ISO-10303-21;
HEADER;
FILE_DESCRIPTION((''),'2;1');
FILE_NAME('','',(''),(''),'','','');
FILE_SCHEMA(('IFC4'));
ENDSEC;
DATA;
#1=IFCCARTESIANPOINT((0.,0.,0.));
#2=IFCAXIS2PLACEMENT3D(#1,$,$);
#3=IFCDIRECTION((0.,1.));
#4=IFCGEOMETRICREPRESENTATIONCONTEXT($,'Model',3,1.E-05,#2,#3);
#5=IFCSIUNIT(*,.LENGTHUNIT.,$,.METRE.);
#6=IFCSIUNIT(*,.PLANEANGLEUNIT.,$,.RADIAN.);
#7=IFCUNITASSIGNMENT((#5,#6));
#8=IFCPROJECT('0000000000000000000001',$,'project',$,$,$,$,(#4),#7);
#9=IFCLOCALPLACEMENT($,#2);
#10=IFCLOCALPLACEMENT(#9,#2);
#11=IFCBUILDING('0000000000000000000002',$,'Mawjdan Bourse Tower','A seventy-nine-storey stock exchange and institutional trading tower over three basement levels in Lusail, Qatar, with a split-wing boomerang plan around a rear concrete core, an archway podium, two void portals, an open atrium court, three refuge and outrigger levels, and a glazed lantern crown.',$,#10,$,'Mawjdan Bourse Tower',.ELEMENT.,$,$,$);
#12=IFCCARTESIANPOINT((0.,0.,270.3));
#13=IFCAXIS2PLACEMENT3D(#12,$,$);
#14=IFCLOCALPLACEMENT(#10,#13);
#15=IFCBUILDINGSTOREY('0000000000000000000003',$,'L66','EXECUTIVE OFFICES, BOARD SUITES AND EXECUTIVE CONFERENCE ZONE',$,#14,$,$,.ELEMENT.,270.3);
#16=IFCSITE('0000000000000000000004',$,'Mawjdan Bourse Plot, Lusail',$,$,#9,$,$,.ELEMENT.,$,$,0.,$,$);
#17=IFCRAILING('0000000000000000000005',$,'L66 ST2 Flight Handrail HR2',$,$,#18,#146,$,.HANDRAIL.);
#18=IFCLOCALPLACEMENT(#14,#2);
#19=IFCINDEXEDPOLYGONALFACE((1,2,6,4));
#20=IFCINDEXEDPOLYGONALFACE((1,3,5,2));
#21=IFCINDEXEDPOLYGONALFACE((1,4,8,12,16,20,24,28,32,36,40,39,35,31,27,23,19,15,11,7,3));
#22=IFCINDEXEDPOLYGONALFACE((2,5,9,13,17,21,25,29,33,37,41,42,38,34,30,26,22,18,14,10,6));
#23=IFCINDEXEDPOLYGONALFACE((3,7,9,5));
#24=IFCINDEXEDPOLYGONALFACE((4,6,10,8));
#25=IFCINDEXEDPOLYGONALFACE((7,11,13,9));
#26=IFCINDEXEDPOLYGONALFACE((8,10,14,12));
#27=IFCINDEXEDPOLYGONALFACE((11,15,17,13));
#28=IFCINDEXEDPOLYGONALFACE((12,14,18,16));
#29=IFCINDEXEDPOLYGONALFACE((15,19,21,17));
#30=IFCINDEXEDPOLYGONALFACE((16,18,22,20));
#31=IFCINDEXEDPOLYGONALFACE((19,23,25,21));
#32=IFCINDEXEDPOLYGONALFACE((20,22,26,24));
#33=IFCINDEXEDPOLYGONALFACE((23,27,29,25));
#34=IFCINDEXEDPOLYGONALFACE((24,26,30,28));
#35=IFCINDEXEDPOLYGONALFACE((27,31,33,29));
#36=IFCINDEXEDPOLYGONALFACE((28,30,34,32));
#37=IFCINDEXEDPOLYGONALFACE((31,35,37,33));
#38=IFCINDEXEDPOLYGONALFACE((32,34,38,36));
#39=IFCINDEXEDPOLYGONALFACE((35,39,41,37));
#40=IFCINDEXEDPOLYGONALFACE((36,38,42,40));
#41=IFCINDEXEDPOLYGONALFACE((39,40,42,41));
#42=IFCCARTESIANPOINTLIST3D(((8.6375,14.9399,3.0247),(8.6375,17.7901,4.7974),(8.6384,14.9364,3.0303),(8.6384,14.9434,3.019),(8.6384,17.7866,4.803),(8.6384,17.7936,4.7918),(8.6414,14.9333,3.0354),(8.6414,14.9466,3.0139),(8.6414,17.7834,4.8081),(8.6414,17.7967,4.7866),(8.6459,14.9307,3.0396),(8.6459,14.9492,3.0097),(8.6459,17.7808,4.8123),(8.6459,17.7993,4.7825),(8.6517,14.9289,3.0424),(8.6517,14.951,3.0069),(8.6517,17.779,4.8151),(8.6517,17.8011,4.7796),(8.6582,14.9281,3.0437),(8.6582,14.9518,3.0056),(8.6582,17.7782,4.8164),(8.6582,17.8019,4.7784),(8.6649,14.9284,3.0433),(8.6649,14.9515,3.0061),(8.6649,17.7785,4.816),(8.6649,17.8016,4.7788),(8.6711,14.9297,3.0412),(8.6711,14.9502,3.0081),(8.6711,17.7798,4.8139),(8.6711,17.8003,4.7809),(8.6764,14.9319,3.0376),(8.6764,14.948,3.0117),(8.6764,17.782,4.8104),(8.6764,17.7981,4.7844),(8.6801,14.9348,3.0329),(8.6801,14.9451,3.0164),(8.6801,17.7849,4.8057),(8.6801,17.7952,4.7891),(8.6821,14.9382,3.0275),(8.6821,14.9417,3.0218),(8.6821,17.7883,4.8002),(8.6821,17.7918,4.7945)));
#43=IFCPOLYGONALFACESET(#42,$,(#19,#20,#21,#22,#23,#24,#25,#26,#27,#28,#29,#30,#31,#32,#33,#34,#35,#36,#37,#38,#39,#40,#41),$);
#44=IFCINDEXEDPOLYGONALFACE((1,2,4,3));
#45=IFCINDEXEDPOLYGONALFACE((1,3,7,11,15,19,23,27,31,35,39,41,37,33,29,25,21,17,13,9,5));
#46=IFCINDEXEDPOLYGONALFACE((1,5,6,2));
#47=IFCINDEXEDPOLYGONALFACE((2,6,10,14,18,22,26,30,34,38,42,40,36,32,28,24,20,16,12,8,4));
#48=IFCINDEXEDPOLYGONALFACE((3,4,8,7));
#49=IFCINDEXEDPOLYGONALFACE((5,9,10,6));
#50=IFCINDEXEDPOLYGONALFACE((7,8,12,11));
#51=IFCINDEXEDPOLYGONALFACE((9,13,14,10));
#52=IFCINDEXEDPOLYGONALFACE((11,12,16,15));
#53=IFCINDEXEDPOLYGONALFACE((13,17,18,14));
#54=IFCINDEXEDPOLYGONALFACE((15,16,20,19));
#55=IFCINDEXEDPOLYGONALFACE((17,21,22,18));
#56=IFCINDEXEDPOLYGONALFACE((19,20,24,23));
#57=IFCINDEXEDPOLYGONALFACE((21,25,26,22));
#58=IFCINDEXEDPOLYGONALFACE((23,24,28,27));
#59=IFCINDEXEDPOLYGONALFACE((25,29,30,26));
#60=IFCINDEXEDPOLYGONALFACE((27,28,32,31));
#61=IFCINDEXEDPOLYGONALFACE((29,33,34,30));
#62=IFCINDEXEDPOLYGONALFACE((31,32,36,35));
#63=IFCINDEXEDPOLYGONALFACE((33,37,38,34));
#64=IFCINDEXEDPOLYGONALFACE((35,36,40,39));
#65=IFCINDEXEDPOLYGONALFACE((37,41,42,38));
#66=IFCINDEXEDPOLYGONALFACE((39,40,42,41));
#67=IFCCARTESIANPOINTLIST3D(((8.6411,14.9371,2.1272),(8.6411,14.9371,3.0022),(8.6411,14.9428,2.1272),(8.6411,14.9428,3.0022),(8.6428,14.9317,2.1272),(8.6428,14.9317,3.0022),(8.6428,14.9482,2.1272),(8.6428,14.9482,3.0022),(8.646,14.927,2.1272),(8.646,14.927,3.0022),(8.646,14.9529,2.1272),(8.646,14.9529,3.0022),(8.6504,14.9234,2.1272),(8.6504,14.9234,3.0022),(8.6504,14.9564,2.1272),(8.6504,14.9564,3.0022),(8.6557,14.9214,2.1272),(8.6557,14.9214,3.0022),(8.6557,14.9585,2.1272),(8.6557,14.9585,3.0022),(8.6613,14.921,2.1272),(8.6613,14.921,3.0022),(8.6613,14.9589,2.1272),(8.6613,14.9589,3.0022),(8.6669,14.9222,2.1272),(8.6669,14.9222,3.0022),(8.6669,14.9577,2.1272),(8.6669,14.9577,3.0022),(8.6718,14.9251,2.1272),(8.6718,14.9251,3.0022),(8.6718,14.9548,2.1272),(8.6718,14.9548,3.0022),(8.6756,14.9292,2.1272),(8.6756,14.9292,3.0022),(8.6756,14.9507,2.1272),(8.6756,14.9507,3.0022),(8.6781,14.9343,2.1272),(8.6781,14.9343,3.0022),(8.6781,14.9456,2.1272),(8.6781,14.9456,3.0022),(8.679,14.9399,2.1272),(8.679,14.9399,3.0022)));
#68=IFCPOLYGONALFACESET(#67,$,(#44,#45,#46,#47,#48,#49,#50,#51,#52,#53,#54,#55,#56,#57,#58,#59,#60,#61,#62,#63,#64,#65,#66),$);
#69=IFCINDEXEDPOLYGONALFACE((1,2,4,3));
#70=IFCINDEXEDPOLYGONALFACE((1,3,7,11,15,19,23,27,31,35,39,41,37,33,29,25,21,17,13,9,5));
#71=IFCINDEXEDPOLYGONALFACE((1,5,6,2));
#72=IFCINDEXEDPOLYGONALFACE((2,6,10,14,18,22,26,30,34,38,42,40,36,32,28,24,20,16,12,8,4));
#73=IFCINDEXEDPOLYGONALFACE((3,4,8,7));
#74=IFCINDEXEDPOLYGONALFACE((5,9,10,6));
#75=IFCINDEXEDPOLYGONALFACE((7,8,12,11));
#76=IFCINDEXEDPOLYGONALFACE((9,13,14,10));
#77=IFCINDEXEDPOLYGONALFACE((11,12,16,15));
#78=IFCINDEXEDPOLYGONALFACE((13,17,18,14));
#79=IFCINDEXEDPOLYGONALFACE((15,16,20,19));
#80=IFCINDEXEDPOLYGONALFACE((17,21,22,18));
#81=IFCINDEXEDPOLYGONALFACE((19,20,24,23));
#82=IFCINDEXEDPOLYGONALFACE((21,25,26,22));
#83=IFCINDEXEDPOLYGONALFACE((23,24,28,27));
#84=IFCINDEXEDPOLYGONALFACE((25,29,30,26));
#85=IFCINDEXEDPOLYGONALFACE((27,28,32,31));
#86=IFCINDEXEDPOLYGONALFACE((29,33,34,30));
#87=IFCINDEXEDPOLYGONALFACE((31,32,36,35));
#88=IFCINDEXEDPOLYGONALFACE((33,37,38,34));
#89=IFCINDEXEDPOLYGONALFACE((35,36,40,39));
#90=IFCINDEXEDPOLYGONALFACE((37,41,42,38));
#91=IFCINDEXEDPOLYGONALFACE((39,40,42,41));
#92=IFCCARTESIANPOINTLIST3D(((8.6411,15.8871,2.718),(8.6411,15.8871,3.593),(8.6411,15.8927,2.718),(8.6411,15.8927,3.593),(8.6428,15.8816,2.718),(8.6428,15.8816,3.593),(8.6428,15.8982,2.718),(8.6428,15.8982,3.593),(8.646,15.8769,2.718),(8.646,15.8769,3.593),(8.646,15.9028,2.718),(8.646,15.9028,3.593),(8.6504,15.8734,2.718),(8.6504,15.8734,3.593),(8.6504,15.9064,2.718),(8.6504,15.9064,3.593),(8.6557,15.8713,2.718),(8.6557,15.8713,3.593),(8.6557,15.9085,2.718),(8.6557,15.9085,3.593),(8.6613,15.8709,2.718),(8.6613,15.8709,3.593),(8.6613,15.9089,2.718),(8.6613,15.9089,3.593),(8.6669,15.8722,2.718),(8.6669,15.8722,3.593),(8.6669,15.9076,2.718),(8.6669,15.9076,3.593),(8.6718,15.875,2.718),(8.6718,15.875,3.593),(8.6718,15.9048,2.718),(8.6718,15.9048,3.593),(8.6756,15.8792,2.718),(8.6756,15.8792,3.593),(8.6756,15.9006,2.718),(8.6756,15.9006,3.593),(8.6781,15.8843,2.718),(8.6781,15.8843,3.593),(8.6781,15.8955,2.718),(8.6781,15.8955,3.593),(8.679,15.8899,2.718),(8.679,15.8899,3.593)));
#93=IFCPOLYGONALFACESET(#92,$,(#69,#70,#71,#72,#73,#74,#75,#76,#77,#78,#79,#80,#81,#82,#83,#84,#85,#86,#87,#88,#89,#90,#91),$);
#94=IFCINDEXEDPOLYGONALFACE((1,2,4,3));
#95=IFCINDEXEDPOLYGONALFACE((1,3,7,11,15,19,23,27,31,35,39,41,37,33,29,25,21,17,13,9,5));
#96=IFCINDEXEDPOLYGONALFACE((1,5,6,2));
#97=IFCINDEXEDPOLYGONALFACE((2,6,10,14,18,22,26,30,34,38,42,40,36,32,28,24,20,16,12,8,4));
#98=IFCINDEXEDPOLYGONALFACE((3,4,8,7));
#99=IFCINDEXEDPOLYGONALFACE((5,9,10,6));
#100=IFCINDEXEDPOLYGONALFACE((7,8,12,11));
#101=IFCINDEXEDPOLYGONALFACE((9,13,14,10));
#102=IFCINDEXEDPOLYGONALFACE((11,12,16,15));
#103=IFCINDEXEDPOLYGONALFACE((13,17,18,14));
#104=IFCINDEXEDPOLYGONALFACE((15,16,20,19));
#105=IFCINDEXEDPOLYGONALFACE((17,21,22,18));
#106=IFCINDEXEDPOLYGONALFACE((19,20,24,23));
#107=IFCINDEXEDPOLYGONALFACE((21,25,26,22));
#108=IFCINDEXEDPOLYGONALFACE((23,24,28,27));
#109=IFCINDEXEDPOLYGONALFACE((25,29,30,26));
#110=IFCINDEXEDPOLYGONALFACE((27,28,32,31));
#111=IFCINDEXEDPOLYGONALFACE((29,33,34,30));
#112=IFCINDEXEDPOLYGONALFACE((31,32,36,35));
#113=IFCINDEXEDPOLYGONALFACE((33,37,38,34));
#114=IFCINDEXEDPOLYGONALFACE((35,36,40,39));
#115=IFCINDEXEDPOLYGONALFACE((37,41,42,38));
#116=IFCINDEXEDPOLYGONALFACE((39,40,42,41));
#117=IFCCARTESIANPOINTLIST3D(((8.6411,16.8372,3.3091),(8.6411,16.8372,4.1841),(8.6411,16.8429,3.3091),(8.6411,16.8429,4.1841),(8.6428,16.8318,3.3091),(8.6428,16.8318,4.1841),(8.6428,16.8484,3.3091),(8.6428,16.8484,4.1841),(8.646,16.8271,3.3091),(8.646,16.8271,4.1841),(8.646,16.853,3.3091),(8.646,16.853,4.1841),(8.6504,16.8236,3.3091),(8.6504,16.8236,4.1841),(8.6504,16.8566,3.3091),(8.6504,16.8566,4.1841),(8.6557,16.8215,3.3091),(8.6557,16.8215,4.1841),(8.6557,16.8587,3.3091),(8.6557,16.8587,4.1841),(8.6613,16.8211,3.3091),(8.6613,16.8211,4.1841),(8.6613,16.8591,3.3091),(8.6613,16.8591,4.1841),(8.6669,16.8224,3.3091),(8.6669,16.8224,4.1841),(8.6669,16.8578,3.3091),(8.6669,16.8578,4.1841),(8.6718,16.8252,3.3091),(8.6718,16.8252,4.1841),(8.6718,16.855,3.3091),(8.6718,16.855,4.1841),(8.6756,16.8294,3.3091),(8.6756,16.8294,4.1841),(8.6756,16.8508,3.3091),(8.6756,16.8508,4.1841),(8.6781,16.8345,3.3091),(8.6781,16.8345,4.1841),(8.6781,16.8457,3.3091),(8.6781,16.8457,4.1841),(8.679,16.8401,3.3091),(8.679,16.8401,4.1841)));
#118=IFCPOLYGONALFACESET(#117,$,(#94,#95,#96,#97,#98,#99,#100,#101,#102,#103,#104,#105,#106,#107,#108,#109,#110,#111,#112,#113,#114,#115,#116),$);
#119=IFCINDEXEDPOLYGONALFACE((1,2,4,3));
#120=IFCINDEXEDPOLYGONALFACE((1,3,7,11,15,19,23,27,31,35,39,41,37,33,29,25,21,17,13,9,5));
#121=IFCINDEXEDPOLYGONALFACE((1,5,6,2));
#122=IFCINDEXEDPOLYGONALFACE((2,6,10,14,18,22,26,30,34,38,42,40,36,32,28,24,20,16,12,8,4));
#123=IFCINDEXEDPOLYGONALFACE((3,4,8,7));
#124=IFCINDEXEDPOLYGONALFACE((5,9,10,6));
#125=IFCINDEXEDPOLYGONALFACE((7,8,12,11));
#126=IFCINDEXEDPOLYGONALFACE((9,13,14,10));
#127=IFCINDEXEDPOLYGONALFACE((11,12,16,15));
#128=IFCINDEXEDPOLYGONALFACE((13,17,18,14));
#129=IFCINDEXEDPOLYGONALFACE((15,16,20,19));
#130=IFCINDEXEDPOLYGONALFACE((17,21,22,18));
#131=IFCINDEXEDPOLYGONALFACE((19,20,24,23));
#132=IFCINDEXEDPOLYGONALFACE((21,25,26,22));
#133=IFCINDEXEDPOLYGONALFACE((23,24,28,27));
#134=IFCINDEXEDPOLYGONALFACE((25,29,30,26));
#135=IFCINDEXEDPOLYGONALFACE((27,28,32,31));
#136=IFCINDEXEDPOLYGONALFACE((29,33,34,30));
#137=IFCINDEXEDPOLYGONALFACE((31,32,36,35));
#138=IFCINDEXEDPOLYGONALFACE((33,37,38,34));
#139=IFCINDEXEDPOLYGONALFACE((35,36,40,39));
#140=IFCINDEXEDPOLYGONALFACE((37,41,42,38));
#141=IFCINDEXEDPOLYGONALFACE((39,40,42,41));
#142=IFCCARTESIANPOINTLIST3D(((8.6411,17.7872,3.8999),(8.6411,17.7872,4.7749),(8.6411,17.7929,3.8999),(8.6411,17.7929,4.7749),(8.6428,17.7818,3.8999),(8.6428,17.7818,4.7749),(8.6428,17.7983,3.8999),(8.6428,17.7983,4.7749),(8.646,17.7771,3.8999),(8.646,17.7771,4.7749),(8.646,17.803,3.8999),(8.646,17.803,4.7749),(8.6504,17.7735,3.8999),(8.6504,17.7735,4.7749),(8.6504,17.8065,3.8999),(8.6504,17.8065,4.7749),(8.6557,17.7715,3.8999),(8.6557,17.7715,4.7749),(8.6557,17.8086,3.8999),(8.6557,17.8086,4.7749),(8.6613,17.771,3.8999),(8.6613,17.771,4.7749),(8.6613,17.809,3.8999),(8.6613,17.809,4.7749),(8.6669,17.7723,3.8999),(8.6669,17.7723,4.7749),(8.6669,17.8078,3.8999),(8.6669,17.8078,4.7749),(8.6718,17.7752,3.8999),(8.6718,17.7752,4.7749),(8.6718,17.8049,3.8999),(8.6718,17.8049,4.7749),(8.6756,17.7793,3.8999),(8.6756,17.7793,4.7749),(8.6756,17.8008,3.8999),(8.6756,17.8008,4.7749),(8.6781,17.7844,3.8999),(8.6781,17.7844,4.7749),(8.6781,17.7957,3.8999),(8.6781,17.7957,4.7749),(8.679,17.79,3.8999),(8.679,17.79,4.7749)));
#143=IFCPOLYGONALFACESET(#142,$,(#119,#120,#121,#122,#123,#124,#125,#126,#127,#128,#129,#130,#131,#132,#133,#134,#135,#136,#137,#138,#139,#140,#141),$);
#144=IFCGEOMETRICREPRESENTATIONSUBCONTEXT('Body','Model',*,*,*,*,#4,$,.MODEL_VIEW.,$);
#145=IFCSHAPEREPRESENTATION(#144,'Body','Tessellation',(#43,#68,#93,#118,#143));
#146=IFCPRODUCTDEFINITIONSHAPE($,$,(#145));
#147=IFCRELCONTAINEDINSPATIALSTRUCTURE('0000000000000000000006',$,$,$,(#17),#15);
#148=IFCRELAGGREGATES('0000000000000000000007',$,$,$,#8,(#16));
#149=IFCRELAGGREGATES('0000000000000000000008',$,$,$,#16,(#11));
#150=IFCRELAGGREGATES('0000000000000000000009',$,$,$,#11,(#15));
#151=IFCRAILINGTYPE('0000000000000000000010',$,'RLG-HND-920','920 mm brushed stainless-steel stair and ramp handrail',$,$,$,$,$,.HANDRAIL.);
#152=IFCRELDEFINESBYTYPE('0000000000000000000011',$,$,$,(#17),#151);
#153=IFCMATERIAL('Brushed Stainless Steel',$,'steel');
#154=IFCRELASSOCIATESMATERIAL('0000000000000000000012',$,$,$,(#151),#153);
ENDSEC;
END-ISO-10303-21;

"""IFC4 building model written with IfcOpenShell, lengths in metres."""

from ifc_helpers import new_model, si_unit, direction, frame, origin, origin_2d, place, context, subcontext, project, spatial, circle, extrude, material, type_object, element, save


model = new_model("IFC4")

# Units and contexts
model_context = context("Model", 3, precision=1e-05, world=origin(), true_north=direction((0.0, 1.0)))
body_context = subcontext(model_context, "Body", "Model", "MODEL_VIEW")
ifc_project = project(units=[si_unit("LENGTHUNIT", "METRE"), si_unit("PLANEANGLEUNIT", "RADIAN")], contexts=[model_context])

# Site, building, storey
site_placement = place(None, origin())
site = spatial("IfcSite", under=ifc_project, at=site_placement, Name="Mawjdan Bourse Plot, Lusail", CompositionType="ELEMENT", RefElevation=0.0)
building_placement = place(site_placement, origin())
building = spatial("IfcBuilding", under=site, at=building_placement, Name="Mawjdan Bourse Tower", Description="A seventy-nine-storey stock exchange and institutional trading tower over three basement levels in Lusail, Qatar, with a split-wing boomerang plan around a rear concrete core, an archway podium, two void portals, an open atrium court, three refuge and outrigger levels, and a glazed lantern crown.", LongName="Mawjdan Bourse Tower", CompositionType="ELEMENT")
storey_placement = place(building_placement, frame((0.0, 0.0, 270.3)))
storey = spatial("IfcBuildingStorey", under=building, at=storey_placement, Name="L66", Description="EXECUTIVE OFFICES, BOARD SUITES AND EXECUTIVE CONFERENCE ZONE", CompositionType="ELEMENT", Elevation=270.3)

# Railing
ifc_material_1 = material(Name="Brushed Stainless Steel", Category="steel")
railing_type_1 = type_object("IfcRailingType", Name="RLG-HND-920", Description="920 mm brushed stainless-steel stair and ramp handrail", PredefinedType="HANDRAIL", material=ifc_material_1)
railing_placement = place(storey_placement, frame((8.6599, 14.9399, 2.1272)))
element("IfcRailing", 1, at=railing_placement, inside=storey, type_object=railing_type_1, Name="L66 ST2 Flight Handrail HR2", PredefinedType="HANDRAIL", context=body_context, shape_type="SweptSolid", body=[
    extrude(circle(Radius=0.0225, at=origin_2d()), frame((0.0, 0.0, 0.8975), z_axis=(0.0, 0.849149, 0.528154), x_axis=(-1.0, 0.0, 0.0)), (0.0, 0.0, 1.0), 3.3564),
    extrude(circle(Radius=0.019, at=origin_2d()), origin(), (0.0, 0.0, 1.0), 0.875),
    extrude(circle(Radius=0.019, at=origin_2d()), frame((0.0, 0.95, 0.5908)), (0.0, 0.0, 1.0), 0.875),
    extrude(circle(Radius=0.019, at=origin_2d()), frame((0.0, 1.9001, 1.1819)), (0.0, 0.0, 1.0), 0.875),
    extrude(circle(Radius=0.019, at=origin_2d()), frame((0.0, 2.8501, 1.7727)), (0.0, 0.0, 1.0), 0.875),
])

save(model, "model.ifc")
